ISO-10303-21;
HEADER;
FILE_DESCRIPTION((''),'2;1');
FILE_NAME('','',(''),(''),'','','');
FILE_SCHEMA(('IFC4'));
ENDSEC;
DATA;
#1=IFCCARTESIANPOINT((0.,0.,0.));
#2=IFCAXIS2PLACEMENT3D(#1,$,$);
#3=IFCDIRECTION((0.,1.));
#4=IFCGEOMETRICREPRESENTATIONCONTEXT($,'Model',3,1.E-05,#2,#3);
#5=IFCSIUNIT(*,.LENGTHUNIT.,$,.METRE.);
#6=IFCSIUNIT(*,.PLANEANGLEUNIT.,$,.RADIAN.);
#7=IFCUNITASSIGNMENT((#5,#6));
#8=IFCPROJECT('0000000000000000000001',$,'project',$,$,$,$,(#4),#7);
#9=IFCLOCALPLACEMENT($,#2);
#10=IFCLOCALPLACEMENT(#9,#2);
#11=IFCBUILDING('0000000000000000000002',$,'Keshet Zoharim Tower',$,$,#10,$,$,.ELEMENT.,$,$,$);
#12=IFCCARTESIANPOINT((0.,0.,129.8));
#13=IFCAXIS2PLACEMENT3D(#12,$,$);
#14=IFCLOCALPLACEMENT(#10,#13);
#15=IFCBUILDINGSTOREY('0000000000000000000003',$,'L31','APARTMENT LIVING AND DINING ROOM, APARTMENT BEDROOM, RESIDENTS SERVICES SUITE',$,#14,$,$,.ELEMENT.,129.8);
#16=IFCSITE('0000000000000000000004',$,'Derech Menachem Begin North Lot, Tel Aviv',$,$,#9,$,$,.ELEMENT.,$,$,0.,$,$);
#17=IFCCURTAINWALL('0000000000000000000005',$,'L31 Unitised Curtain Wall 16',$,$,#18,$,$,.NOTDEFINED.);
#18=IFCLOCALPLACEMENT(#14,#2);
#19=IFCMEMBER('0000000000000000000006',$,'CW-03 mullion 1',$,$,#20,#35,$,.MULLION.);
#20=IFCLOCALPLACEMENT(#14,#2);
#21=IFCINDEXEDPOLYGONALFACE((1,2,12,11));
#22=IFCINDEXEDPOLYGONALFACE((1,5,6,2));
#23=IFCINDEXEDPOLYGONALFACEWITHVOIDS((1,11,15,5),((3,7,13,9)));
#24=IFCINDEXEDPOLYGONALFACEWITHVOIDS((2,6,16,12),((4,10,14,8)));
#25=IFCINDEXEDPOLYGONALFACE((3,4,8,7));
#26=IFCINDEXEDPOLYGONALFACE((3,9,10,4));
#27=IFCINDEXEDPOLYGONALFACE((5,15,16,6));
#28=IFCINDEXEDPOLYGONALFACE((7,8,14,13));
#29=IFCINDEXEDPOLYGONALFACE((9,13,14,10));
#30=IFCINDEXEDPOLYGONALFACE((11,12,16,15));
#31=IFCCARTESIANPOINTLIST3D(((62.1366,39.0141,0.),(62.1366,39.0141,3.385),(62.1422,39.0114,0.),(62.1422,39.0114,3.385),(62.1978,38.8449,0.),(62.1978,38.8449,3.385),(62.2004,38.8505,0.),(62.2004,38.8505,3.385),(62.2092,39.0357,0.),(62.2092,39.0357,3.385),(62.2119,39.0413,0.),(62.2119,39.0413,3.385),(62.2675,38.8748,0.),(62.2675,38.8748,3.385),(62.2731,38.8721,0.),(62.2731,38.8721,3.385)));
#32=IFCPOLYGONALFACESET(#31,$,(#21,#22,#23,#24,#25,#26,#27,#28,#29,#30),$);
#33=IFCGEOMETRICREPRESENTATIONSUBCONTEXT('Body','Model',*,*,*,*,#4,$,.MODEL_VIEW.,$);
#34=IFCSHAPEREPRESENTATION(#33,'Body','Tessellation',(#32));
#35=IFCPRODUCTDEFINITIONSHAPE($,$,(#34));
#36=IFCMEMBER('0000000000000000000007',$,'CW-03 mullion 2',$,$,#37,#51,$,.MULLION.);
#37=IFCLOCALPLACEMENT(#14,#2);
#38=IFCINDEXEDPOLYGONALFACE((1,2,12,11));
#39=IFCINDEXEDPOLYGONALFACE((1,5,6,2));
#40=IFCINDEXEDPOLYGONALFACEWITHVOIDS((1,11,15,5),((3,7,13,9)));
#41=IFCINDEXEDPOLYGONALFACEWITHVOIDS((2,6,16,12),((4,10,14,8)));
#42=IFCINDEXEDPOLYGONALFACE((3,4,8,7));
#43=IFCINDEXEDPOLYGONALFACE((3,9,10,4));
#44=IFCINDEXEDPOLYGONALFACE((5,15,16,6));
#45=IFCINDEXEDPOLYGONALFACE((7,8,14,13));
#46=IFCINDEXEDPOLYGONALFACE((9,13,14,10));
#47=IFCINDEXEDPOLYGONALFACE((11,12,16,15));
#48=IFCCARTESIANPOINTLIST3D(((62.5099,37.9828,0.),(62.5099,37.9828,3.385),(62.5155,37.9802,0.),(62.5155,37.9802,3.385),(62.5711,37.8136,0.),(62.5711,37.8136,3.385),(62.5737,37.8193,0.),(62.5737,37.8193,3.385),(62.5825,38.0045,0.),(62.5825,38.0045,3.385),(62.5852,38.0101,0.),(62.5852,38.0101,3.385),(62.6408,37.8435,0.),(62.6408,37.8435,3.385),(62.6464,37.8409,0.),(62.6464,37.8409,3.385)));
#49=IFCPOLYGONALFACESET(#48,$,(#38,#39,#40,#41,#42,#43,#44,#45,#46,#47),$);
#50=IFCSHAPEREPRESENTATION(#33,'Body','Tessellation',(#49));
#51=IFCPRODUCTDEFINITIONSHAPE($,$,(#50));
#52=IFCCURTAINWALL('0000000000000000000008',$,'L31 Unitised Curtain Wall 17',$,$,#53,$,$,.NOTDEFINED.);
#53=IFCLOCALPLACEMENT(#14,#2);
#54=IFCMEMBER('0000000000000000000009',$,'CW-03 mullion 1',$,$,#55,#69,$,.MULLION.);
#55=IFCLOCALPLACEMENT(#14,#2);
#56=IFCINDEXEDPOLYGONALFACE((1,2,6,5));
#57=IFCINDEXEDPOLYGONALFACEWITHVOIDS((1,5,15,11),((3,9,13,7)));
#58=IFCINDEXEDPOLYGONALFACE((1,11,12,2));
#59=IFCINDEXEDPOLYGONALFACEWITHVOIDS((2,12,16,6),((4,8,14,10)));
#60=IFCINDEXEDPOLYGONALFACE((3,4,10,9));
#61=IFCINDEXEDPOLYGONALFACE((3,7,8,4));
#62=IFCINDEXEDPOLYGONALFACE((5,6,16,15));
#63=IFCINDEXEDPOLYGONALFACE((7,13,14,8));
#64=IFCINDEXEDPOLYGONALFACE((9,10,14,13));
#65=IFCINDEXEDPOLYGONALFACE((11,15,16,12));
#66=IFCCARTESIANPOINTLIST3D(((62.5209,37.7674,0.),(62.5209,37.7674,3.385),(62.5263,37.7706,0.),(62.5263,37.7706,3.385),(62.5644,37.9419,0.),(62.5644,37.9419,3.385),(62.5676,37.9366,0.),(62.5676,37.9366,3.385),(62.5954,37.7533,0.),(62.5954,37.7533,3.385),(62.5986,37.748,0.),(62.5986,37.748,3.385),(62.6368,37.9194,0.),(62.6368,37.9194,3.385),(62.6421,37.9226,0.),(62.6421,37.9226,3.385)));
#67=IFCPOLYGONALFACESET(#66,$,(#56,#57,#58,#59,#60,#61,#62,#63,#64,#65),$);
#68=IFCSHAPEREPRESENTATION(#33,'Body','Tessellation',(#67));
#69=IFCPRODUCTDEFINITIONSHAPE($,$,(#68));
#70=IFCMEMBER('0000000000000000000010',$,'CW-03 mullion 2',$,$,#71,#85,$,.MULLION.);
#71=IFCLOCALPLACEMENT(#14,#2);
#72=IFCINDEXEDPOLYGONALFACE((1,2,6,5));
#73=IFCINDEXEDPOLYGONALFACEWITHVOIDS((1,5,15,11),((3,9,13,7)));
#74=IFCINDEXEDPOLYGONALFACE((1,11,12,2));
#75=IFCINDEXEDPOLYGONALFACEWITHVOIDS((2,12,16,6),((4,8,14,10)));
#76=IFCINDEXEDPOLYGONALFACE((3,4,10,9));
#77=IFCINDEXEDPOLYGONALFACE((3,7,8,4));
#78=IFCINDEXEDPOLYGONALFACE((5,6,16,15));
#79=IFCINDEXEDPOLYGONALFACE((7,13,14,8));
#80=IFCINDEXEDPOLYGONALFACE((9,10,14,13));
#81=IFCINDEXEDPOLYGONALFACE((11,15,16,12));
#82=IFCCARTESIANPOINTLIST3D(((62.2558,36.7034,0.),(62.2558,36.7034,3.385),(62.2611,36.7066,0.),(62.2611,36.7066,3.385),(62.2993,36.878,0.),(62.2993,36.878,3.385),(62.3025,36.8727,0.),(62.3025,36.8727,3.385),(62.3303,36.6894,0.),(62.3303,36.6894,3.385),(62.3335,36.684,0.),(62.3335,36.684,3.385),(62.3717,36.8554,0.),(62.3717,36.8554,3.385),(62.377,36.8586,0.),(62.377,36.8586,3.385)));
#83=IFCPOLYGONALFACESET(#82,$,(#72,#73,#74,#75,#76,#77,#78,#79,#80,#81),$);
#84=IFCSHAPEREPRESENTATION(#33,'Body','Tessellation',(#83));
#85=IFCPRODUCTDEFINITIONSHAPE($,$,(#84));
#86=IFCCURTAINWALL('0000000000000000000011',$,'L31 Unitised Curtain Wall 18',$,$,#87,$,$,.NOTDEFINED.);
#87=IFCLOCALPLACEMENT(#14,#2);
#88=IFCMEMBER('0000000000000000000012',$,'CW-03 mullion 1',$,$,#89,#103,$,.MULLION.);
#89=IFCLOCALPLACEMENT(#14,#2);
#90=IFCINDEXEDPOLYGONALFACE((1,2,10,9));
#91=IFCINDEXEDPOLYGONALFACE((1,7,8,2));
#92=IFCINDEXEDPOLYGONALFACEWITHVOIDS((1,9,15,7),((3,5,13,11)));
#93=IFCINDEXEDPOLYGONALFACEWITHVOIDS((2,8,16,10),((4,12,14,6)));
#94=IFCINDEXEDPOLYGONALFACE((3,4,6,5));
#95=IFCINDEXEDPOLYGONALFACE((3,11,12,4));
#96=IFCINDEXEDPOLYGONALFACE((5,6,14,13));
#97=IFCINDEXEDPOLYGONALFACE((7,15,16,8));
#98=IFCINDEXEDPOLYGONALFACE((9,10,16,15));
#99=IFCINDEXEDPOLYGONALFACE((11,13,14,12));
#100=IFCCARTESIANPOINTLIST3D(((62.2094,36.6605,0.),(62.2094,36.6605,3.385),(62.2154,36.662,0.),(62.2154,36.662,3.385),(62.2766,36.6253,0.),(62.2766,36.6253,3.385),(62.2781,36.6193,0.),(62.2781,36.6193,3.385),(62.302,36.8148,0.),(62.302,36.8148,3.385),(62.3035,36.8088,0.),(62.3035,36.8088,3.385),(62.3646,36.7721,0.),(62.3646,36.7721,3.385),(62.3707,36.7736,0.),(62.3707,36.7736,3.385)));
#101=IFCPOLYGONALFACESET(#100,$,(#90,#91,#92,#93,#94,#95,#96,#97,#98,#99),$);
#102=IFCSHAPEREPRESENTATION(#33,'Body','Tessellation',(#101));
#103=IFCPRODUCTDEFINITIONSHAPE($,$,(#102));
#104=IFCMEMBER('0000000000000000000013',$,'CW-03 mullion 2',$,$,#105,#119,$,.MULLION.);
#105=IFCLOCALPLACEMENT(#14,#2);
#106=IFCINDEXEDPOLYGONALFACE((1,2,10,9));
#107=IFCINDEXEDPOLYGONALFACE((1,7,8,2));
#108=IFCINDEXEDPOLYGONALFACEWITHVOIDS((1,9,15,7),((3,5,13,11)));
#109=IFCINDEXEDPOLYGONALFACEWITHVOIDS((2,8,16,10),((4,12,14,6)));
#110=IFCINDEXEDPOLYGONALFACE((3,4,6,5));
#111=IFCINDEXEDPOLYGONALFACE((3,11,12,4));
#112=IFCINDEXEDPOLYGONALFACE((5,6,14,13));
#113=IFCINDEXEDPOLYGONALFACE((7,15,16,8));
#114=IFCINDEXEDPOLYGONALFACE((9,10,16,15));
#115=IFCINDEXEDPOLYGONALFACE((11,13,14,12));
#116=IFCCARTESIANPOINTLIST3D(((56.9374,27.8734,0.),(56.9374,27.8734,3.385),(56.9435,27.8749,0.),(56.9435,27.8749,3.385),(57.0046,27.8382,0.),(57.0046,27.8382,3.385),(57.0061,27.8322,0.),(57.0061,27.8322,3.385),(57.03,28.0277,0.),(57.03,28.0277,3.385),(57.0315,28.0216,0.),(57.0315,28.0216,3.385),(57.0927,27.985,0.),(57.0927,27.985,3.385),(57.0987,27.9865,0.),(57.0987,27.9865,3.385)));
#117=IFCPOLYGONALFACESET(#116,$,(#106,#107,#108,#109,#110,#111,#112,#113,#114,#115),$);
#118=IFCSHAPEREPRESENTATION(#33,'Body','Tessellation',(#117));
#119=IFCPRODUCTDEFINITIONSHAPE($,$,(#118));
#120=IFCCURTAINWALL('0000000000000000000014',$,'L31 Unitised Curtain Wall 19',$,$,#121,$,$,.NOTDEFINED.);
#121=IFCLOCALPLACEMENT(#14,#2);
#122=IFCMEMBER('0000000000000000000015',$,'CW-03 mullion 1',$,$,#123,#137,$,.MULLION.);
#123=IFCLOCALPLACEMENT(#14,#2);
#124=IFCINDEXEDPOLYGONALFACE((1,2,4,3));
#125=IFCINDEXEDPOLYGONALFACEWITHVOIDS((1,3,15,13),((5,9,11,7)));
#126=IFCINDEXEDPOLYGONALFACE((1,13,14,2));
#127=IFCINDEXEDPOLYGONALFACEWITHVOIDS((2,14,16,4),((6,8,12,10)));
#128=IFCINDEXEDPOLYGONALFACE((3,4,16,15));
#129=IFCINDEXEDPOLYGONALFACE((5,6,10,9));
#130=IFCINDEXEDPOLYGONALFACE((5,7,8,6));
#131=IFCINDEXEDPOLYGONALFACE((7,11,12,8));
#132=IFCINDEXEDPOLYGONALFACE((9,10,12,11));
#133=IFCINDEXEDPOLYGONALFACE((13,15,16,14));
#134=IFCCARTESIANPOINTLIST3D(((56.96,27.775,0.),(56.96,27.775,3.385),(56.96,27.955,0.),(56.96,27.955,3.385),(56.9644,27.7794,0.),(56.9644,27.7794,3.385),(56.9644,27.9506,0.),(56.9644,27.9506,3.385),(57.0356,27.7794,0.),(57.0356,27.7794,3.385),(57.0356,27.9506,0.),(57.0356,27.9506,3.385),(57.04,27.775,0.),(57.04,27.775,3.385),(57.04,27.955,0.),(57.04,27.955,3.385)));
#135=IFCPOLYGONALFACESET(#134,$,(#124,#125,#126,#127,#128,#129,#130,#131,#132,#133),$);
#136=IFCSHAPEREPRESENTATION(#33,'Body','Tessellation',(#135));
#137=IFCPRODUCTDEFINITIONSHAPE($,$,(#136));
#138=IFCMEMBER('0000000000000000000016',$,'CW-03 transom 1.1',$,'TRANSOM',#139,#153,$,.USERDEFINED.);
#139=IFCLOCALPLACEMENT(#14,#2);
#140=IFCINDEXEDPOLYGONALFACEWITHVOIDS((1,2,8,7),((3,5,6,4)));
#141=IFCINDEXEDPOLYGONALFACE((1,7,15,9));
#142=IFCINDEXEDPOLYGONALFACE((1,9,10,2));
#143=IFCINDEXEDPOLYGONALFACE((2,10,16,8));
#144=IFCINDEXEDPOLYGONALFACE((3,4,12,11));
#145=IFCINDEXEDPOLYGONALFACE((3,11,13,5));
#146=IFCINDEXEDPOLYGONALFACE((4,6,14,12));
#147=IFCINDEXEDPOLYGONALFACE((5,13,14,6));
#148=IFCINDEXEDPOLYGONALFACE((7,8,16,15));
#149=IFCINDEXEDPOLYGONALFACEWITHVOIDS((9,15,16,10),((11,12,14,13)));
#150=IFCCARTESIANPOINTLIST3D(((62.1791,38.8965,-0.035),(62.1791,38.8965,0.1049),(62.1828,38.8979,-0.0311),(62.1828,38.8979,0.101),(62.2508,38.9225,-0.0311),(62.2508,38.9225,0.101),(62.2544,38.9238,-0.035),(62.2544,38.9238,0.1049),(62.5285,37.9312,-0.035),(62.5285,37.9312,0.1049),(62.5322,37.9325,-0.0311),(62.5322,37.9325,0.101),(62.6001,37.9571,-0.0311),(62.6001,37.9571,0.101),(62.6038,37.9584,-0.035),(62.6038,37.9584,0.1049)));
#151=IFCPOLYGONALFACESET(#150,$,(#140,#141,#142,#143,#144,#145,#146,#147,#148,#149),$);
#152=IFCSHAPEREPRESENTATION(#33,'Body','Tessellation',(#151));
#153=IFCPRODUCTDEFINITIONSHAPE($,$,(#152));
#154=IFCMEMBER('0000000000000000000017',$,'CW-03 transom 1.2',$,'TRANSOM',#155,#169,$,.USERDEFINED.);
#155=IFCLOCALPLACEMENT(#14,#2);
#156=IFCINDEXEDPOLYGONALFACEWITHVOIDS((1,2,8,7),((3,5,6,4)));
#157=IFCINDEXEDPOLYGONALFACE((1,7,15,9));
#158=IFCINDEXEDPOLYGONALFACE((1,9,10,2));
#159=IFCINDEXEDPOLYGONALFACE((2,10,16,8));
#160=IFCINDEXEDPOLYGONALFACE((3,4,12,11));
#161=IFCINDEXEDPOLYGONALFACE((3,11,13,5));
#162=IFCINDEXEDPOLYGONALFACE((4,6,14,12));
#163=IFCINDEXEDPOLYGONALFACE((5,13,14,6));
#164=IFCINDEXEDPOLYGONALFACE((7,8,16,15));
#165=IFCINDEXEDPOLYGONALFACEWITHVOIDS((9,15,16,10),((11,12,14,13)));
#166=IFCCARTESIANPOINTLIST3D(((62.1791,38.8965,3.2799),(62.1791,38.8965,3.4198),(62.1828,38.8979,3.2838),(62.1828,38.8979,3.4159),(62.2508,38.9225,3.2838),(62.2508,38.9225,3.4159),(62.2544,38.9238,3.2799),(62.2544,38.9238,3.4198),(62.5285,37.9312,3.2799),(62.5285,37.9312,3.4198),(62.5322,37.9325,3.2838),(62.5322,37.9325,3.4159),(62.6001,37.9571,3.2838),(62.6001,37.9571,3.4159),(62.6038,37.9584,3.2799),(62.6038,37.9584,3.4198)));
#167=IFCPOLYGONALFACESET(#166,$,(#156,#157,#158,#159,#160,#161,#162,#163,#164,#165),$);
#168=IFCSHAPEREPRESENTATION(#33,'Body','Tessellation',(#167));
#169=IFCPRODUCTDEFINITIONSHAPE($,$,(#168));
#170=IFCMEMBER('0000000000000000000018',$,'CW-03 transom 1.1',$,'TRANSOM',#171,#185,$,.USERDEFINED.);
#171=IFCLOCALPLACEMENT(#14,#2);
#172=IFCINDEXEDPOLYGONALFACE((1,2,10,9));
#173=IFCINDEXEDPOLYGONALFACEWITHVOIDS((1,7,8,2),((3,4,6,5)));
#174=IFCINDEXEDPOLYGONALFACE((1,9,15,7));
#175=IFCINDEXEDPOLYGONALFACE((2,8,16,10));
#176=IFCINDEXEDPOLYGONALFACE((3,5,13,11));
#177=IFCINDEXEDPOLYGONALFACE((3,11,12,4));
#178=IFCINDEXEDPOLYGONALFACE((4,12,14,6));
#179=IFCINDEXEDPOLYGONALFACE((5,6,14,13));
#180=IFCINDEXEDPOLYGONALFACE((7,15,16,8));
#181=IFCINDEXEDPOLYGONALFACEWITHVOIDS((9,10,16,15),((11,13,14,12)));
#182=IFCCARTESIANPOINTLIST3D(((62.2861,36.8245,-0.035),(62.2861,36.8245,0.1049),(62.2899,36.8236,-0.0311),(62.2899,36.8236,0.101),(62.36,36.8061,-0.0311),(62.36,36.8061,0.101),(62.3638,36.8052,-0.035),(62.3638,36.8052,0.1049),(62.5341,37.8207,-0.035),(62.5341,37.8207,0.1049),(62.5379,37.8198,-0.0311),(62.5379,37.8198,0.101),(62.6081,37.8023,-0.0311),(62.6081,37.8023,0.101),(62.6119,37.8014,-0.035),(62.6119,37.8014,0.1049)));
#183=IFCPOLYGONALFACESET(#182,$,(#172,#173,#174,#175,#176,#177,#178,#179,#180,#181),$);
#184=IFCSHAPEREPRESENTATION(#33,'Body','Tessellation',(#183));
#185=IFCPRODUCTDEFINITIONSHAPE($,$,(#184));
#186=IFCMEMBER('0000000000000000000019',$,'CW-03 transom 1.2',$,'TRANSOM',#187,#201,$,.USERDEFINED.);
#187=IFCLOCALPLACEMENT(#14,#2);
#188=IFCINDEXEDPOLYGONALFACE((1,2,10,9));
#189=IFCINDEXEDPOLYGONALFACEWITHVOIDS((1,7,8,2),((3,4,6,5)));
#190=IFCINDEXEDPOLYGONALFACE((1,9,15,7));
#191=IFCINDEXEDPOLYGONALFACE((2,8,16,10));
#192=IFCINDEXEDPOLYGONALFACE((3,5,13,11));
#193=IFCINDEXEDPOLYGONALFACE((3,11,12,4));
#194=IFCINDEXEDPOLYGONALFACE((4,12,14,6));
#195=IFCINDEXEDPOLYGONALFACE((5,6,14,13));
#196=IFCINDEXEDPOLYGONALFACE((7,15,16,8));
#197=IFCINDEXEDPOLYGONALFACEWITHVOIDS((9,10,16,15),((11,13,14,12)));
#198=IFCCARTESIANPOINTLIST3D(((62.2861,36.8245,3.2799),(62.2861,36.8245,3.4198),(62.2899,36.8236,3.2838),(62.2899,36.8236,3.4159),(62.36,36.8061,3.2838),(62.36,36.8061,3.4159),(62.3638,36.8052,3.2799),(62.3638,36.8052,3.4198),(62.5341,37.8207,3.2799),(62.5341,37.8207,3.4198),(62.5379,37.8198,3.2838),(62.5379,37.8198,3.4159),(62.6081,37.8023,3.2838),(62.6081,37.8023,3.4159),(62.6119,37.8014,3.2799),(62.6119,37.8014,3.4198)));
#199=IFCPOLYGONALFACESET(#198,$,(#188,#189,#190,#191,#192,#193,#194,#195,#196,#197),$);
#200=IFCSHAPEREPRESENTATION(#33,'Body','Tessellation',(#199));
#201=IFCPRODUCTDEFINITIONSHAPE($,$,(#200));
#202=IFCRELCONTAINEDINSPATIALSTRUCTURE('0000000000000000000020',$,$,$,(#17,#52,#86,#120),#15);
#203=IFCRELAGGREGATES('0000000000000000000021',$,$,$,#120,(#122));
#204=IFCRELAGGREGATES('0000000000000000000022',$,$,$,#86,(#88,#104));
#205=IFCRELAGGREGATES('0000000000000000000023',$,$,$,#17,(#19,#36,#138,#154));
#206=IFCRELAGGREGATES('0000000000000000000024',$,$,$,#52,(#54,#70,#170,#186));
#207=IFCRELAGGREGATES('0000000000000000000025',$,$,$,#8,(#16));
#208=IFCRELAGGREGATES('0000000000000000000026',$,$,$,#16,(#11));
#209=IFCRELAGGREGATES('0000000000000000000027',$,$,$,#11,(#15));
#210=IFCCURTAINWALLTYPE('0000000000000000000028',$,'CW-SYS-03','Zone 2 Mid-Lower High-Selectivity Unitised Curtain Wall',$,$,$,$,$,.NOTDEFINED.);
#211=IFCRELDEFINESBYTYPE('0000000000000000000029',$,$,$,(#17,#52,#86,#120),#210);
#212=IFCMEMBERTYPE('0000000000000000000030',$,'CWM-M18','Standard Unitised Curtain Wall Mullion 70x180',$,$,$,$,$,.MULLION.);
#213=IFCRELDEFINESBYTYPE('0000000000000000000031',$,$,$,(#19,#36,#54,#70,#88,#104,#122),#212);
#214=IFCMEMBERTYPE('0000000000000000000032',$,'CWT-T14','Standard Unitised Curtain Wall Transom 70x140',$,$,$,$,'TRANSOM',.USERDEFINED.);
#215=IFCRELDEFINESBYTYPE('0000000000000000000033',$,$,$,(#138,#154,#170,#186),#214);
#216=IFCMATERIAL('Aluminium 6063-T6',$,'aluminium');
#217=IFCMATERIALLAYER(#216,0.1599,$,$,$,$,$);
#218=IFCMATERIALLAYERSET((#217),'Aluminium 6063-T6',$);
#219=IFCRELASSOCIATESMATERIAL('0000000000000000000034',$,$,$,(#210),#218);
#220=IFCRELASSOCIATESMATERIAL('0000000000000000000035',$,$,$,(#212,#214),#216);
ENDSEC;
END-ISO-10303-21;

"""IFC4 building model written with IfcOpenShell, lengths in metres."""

from ifc_helpers import new_model, si_unit, direction, frame, origin, origin_2d, place, context, subcontext, project, spatial, hollow_rectangle, extrude, material, layer, layer_set, material_profile, profile_set, type_object, element, aggregate, save


model = new_model("IFC4")

# Units and contexts
model_context = context("Model", 3, precision=1e-05, world=origin(), true_north=direction((0.0, 1.0)))
body_context = subcontext(model_context, "Body", "Model", "MODEL_VIEW")
ifc_project = project(units=[si_unit("LENGTHUNIT", "METRE"), si_unit("PLANEANGLEUNIT", "RADIAN")], contexts=[model_context])

# Site, building, storey
site_placement = place(None, origin())
site = spatial("IfcSite", under=ifc_project, at=site_placement, Name="Derech Menachem Begin North Lot, Tel Aviv", CompositionType="ELEMENT", RefElevation=0.0)
building_placement = place(site_placement, origin())
building = spatial("IfcBuilding", under=site, at=building_placement, Name="Keshet Zoharim Tower", CompositionType="ELEMENT")
storey_placement = place(building_placement, frame((0.0, 0.0, 129.8)))
storey = spatial("IfcBuildingStorey", under=building, at=storey_placement, Name="L31", Description="APARTMENT LIVING AND DINING ROOM, APARTMENT BEDROOM, RESIDENTS SERVICES SUITE", CompositionType="ELEMENT", Elevation=129.8)

# Shared definitions
ifc_material_1 = material(Name="Aluminium 6063-T6", Category="aluminium")
ifc_layer_1 = layer(ifc_material_1, 0.1599)
ifc_layer_set_1 = layer_set([ifc_layer_1], Name="Aluminium 6063-T6")
curtain_wall_type = type_object("IfcCurtainWallType", Name="CW-SYS-03", Description="Zone 2 Mid-Lower High-Selectivity Unitised Curtain Wall", PredefinedType="NOTDEFINED", material=ifc_layer_set_1)
ifc_material_profile_1 = material_profile(ifc_material_1, hollow_rectangle(XDim=0.0801, YDim=0.1799, WallThickness=0.0044, at=origin_2d()), Name="MUL-80x180")
ifc_profile_set_1 = profile_set([ifc_material_profile_1], Name="Aluminium 6063-T6")
member_type_1 = type_object("IfcMemberType", Name="CWM-M18", Description="Standard Unitised Curtain Wall Mullion 70x180", PredefinedType="MULLION", material=ifc_profile_set_1)

# Curtain walls, members
curtain_wall_1_placement = place(storey_placement, origin())
curtain_wall_1 = element("IfcCurtainWall", 1, at=curtain_wall_1_placement, inside=storey, type_object=curtain_wall_type, Name="L31 Unitised Curtain Wall 16", PredefinedType="NOTDEFINED")
member_1_placement = place(storey_placement, frame((62.2048, 38.9431, 0.0), z_axis=(0.0, 0.0, 1.0), x_axis=(0.940318, 0.340297, 0.0)))
member_1 = element("IfcMember", 2, at=member_1_placement, type_object=member_type_1, Name="CW-03 mullion 1", PredefinedType="MULLION", context=body_context, shape_type="SweptSolid", body=[
    extrude(hollow_rectangle(XDim=0.0801, YDim=0.1799, WallThickness=0.0044, at=origin_2d()), origin(), (0.0, 0.0, 1.0), 3.385),
])
member_2_placement = place(storey_placement, frame((62.5781, 37.9119, 0.0), z_axis=(0.0, 0.0, 1.0), x_axis=(0.940318, 0.340297, 0.0)))
member_2 = element("IfcMember", 3, at=member_2_placement, type_object=member_type_1, Name="CW-03 mullion 2", PredefinedType="MULLION", context=body_context, shape_type="SweptSolid", body=[
    extrude(hollow_rectangle(XDim=0.0801, YDim=0.1799, WallThickness=0.0044, at=origin_2d()), origin(), (0.0, 0.0, 1.0), 3.385),
])
curtain_wall_2_placement = place(storey_placement, origin())
curtain_wall_2 = element("IfcCurtainWall", 4, at=curtain_wall_2_placement, inside=storey, type_object=curtain_wall_type, Name="L31 Unitised Curtain Wall 17", PredefinedType="NOTDEFINED")
member_3_placement = place(storey_placement, frame((62.5815, 37.845, 0.0), z_axis=(0.0, 0.0, 1.0), x_axis=(0.970344, -0.241729, 0.0)))
member_3 = element("IfcMember", 5, at=member_3_placement, type_object=member_type_1, Name="CW-03 mullion 1", PredefinedType="MULLION", context=body_context, shape_type="SweptSolid", body=[
    extrude(hollow_rectangle(XDim=0.0801, YDim=0.1799, WallThickness=0.0044, at=origin_2d()), origin(), (0.0, 0.0, 1.0), 3.385),
])
member_4_placement = place(storey_placement, frame((62.3164, 36.781, 0.0), z_axis=(0.0, 0.0, 1.0), x_axis=(0.970344, -0.241729, 0.0)))
member_4 = element("IfcMember", 6, at=member_4_placement, type_object=member_type_1, Name="CW-03 mullion 2", PredefinedType="MULLION", context=body_context, shape_type="SweptSolid", body=[
    extrude(hollow_rectangle(XDim=0.0801, YDim=0.1799, WallThickness=0.0044, at=origin_2d()), origin(), (0.0, 0.0, 1.0), 3.385),
])
curtain_wall_3_placement = place(storey_placement, origin())
curtain_wall_3 = element("IfcCurtainWall", 7, at=curtain_wall_3_placement, inside=storey, type_object=curtain_wall_type, Name="L31 Unitised Curtain Wall 18", PredefinedType="NOTDEFINED")
member_5_placement = place(storey_placement, frame((62.29, 36.717, 0.0), z_axis=(0.0, 0.0, 1.0), x_axis=(0.857501, -0.514482, 0.0)))
member_5 = element("IfcMember", 8, at=member_5_placement, type_object=member_type_1, Name="CW-03 mullion 1", PredefinedType="MULLION", context=body_context, shape_type="SweptSolid", body=[
    extrude(hollow_rectangle(XDim=0.0801, YDim=0.1799, WallThickness=0.0044, at=origin_2d()), origin(), (0.0, 0.0, 1.0), 3.385),
])
member_6_placement = place(storey_placement, frame((57.0181, 27.9299, 0.0), z_axis=(0.0, 0.0, 1.0), x_axis=(0.857501, -0.514482, 0.0)))
member_6 = element("IfcMember", 9, at=member_6_placement, type_object=member_type_1, Name="CW-03 mullion 2", PredefinedType="MULLION", context=body_context, shape_type="SweptSolid", body=[
    extrude(hollow_rectangle(XDim=0.0801, YDim=0.1799, WallThickness=0.0044, at=origin_2d()), origin(), (0.0, 0.0, 1.0), 3.385),
])

# Curtain wall, member
curtain_wall_4_placement = place(storey_placement, origin())
curtain_wall_4 = element("IfcCurtainWall", 10, at=curtain_wall_4_placement, inside=storey, type_object=curtain_wall_type, Name="L31 Unitised Curtain Wall 19", PredefinedType="NOTDEFINED")
member_7_placement = place(storey_placement, frame((57.0, 27.865, 0.0), z_axis=(0.0, 0.0, 1.0), x_axis=(1.0, 0.0, 0.0)))
member_7 = element("IfcMember", 11, at=member_7_placement, type_object=member_type_1, Name="CW-03 mullion 1", PredefinedType="MULLION", context=body_context, shape_type="SweptSolid", body=[
    extrude(hollow_rectangle(XDim=0.0801, YDim=0.1799, WallThickness=0.0044, at=origin_2d()), origin(), (0.0, 0.0, 1.0), 3.385),
])

# Members
ifc_material_profile_2 = material_profile(ifc_material_1, hollow_rectangle(XDim=0.0801, YDim=0.1399, WallThickness=0.0039, at=origin_2d()), Name="TRN-80x140")
ifc_profile_set_2 = profile_set([ifc_material_profile_2], Name="Aluminium 6063-T6")
member_type_2 = type_object("IfcMemberType", Name="CWT-T14", Description="Standard Unitised Curtain Wall Transom 70x140", ElementType="TRANSOM", PredefinedType="USERDEFINED", material=ifc_profile_set_2)
member_8_placement = place(storey_placement, frame((62.2168, 38.9102, 0.0349), z_axis=(0.340311, -0.940313, 0.0), x_axis=(0.940313, 0.340311, 0.0)))
member_8 = element("IfcMember", 12, at=member_8_placement, type_object=member_type_2, Name="CW-03 transom 1.1", ObjectType="TRANSOM", PredefinedType="USERDEFINED", context=body_context, shape_type="SweptSolid", body=[
    extrude(hollow_rectangle(XDim=0.0801, YDim=0.1399, WallThickness=0.0039, at=origin_2d()), origin(), (0.0, 0.0, 1.0), 1.0266),
])
member_9_placement = place(storey_placement, frame((62.2168, 38.9102, 3.3499), z_axis=(0.340311, -0.940313, 0.0), x_axis=(0.940313, 0.340311, 0.0)))
member_9 = element("IfcMember", 13, at=member_9_placement, type_object=member_type_2, Name="CW-03 transom 1.2", ObjectType="TRANSOM", PredefinedType="USERDEFINED", context=body_context, shape_type="SweptSolid", body=[
    extrude(hollow_rectangle(XDim=0.0801, YDim=0.1399, WallThickness=0.0039, at=origin_2d()), origin(), (0.0, 0.0, 1.0), 1.0266),
])
member_10_placement = place(storey_placement, frame((62.573, 37.811, 0.0349), z_axis=(-0.24164, -0.970366, 0.0), x_axis=(0.970366, -0.24164, 0.0)))
member_10 = element("IfcMember", 14, at=member_10_placement, type_object=member_type_2, Name="CW-03 transom 1.1", ObjectType="TRANSOM", PredefinedType="USERDEFINED", context=body_context, shape_type="SweptSolid", body=[
    extrude(hollow_rectangle(XDim=0.0801, YDim=0.1399, WallThickness=0.0039, at=origin_2d()), origin(), (0.0, 0.0, 1.0), 1.0266),
])
member_11_placement = place(storey_placement, frame((62.573, 37.811, 3.3499), z_axis=(-0.24164, -0.970366, 0.0), x_axis=(0.970366, -0.24164, 0.0)))
member_11 = element("IfcMember", 15, at=member_11_placement, type_object=member_type_2, Name="CW-03 transom 1.2", ObjectType="TRANSOM", PredefinedType="USERDEFINED", context=body_context, shape_type="SweptSolid", body=[
    extrude(hollow_rectangle(XDim=0.0801, YDim=0.1399, WallThickness=0.0039, at=origin_2d()), origin(), (0.0, 0.0, 1.0), 1.0266),
])
aggregate(curtain_wall_4, [member_7])

aggregate(curtain_wall_3, [member_5, member_6])
aggregate(curtain_wall_1, [member_1, member_2, member_8, member_9])
aggregate(curtain_wall_2, [member_3, member_4, member_10, member_11])

save(model, "model.ifc")
